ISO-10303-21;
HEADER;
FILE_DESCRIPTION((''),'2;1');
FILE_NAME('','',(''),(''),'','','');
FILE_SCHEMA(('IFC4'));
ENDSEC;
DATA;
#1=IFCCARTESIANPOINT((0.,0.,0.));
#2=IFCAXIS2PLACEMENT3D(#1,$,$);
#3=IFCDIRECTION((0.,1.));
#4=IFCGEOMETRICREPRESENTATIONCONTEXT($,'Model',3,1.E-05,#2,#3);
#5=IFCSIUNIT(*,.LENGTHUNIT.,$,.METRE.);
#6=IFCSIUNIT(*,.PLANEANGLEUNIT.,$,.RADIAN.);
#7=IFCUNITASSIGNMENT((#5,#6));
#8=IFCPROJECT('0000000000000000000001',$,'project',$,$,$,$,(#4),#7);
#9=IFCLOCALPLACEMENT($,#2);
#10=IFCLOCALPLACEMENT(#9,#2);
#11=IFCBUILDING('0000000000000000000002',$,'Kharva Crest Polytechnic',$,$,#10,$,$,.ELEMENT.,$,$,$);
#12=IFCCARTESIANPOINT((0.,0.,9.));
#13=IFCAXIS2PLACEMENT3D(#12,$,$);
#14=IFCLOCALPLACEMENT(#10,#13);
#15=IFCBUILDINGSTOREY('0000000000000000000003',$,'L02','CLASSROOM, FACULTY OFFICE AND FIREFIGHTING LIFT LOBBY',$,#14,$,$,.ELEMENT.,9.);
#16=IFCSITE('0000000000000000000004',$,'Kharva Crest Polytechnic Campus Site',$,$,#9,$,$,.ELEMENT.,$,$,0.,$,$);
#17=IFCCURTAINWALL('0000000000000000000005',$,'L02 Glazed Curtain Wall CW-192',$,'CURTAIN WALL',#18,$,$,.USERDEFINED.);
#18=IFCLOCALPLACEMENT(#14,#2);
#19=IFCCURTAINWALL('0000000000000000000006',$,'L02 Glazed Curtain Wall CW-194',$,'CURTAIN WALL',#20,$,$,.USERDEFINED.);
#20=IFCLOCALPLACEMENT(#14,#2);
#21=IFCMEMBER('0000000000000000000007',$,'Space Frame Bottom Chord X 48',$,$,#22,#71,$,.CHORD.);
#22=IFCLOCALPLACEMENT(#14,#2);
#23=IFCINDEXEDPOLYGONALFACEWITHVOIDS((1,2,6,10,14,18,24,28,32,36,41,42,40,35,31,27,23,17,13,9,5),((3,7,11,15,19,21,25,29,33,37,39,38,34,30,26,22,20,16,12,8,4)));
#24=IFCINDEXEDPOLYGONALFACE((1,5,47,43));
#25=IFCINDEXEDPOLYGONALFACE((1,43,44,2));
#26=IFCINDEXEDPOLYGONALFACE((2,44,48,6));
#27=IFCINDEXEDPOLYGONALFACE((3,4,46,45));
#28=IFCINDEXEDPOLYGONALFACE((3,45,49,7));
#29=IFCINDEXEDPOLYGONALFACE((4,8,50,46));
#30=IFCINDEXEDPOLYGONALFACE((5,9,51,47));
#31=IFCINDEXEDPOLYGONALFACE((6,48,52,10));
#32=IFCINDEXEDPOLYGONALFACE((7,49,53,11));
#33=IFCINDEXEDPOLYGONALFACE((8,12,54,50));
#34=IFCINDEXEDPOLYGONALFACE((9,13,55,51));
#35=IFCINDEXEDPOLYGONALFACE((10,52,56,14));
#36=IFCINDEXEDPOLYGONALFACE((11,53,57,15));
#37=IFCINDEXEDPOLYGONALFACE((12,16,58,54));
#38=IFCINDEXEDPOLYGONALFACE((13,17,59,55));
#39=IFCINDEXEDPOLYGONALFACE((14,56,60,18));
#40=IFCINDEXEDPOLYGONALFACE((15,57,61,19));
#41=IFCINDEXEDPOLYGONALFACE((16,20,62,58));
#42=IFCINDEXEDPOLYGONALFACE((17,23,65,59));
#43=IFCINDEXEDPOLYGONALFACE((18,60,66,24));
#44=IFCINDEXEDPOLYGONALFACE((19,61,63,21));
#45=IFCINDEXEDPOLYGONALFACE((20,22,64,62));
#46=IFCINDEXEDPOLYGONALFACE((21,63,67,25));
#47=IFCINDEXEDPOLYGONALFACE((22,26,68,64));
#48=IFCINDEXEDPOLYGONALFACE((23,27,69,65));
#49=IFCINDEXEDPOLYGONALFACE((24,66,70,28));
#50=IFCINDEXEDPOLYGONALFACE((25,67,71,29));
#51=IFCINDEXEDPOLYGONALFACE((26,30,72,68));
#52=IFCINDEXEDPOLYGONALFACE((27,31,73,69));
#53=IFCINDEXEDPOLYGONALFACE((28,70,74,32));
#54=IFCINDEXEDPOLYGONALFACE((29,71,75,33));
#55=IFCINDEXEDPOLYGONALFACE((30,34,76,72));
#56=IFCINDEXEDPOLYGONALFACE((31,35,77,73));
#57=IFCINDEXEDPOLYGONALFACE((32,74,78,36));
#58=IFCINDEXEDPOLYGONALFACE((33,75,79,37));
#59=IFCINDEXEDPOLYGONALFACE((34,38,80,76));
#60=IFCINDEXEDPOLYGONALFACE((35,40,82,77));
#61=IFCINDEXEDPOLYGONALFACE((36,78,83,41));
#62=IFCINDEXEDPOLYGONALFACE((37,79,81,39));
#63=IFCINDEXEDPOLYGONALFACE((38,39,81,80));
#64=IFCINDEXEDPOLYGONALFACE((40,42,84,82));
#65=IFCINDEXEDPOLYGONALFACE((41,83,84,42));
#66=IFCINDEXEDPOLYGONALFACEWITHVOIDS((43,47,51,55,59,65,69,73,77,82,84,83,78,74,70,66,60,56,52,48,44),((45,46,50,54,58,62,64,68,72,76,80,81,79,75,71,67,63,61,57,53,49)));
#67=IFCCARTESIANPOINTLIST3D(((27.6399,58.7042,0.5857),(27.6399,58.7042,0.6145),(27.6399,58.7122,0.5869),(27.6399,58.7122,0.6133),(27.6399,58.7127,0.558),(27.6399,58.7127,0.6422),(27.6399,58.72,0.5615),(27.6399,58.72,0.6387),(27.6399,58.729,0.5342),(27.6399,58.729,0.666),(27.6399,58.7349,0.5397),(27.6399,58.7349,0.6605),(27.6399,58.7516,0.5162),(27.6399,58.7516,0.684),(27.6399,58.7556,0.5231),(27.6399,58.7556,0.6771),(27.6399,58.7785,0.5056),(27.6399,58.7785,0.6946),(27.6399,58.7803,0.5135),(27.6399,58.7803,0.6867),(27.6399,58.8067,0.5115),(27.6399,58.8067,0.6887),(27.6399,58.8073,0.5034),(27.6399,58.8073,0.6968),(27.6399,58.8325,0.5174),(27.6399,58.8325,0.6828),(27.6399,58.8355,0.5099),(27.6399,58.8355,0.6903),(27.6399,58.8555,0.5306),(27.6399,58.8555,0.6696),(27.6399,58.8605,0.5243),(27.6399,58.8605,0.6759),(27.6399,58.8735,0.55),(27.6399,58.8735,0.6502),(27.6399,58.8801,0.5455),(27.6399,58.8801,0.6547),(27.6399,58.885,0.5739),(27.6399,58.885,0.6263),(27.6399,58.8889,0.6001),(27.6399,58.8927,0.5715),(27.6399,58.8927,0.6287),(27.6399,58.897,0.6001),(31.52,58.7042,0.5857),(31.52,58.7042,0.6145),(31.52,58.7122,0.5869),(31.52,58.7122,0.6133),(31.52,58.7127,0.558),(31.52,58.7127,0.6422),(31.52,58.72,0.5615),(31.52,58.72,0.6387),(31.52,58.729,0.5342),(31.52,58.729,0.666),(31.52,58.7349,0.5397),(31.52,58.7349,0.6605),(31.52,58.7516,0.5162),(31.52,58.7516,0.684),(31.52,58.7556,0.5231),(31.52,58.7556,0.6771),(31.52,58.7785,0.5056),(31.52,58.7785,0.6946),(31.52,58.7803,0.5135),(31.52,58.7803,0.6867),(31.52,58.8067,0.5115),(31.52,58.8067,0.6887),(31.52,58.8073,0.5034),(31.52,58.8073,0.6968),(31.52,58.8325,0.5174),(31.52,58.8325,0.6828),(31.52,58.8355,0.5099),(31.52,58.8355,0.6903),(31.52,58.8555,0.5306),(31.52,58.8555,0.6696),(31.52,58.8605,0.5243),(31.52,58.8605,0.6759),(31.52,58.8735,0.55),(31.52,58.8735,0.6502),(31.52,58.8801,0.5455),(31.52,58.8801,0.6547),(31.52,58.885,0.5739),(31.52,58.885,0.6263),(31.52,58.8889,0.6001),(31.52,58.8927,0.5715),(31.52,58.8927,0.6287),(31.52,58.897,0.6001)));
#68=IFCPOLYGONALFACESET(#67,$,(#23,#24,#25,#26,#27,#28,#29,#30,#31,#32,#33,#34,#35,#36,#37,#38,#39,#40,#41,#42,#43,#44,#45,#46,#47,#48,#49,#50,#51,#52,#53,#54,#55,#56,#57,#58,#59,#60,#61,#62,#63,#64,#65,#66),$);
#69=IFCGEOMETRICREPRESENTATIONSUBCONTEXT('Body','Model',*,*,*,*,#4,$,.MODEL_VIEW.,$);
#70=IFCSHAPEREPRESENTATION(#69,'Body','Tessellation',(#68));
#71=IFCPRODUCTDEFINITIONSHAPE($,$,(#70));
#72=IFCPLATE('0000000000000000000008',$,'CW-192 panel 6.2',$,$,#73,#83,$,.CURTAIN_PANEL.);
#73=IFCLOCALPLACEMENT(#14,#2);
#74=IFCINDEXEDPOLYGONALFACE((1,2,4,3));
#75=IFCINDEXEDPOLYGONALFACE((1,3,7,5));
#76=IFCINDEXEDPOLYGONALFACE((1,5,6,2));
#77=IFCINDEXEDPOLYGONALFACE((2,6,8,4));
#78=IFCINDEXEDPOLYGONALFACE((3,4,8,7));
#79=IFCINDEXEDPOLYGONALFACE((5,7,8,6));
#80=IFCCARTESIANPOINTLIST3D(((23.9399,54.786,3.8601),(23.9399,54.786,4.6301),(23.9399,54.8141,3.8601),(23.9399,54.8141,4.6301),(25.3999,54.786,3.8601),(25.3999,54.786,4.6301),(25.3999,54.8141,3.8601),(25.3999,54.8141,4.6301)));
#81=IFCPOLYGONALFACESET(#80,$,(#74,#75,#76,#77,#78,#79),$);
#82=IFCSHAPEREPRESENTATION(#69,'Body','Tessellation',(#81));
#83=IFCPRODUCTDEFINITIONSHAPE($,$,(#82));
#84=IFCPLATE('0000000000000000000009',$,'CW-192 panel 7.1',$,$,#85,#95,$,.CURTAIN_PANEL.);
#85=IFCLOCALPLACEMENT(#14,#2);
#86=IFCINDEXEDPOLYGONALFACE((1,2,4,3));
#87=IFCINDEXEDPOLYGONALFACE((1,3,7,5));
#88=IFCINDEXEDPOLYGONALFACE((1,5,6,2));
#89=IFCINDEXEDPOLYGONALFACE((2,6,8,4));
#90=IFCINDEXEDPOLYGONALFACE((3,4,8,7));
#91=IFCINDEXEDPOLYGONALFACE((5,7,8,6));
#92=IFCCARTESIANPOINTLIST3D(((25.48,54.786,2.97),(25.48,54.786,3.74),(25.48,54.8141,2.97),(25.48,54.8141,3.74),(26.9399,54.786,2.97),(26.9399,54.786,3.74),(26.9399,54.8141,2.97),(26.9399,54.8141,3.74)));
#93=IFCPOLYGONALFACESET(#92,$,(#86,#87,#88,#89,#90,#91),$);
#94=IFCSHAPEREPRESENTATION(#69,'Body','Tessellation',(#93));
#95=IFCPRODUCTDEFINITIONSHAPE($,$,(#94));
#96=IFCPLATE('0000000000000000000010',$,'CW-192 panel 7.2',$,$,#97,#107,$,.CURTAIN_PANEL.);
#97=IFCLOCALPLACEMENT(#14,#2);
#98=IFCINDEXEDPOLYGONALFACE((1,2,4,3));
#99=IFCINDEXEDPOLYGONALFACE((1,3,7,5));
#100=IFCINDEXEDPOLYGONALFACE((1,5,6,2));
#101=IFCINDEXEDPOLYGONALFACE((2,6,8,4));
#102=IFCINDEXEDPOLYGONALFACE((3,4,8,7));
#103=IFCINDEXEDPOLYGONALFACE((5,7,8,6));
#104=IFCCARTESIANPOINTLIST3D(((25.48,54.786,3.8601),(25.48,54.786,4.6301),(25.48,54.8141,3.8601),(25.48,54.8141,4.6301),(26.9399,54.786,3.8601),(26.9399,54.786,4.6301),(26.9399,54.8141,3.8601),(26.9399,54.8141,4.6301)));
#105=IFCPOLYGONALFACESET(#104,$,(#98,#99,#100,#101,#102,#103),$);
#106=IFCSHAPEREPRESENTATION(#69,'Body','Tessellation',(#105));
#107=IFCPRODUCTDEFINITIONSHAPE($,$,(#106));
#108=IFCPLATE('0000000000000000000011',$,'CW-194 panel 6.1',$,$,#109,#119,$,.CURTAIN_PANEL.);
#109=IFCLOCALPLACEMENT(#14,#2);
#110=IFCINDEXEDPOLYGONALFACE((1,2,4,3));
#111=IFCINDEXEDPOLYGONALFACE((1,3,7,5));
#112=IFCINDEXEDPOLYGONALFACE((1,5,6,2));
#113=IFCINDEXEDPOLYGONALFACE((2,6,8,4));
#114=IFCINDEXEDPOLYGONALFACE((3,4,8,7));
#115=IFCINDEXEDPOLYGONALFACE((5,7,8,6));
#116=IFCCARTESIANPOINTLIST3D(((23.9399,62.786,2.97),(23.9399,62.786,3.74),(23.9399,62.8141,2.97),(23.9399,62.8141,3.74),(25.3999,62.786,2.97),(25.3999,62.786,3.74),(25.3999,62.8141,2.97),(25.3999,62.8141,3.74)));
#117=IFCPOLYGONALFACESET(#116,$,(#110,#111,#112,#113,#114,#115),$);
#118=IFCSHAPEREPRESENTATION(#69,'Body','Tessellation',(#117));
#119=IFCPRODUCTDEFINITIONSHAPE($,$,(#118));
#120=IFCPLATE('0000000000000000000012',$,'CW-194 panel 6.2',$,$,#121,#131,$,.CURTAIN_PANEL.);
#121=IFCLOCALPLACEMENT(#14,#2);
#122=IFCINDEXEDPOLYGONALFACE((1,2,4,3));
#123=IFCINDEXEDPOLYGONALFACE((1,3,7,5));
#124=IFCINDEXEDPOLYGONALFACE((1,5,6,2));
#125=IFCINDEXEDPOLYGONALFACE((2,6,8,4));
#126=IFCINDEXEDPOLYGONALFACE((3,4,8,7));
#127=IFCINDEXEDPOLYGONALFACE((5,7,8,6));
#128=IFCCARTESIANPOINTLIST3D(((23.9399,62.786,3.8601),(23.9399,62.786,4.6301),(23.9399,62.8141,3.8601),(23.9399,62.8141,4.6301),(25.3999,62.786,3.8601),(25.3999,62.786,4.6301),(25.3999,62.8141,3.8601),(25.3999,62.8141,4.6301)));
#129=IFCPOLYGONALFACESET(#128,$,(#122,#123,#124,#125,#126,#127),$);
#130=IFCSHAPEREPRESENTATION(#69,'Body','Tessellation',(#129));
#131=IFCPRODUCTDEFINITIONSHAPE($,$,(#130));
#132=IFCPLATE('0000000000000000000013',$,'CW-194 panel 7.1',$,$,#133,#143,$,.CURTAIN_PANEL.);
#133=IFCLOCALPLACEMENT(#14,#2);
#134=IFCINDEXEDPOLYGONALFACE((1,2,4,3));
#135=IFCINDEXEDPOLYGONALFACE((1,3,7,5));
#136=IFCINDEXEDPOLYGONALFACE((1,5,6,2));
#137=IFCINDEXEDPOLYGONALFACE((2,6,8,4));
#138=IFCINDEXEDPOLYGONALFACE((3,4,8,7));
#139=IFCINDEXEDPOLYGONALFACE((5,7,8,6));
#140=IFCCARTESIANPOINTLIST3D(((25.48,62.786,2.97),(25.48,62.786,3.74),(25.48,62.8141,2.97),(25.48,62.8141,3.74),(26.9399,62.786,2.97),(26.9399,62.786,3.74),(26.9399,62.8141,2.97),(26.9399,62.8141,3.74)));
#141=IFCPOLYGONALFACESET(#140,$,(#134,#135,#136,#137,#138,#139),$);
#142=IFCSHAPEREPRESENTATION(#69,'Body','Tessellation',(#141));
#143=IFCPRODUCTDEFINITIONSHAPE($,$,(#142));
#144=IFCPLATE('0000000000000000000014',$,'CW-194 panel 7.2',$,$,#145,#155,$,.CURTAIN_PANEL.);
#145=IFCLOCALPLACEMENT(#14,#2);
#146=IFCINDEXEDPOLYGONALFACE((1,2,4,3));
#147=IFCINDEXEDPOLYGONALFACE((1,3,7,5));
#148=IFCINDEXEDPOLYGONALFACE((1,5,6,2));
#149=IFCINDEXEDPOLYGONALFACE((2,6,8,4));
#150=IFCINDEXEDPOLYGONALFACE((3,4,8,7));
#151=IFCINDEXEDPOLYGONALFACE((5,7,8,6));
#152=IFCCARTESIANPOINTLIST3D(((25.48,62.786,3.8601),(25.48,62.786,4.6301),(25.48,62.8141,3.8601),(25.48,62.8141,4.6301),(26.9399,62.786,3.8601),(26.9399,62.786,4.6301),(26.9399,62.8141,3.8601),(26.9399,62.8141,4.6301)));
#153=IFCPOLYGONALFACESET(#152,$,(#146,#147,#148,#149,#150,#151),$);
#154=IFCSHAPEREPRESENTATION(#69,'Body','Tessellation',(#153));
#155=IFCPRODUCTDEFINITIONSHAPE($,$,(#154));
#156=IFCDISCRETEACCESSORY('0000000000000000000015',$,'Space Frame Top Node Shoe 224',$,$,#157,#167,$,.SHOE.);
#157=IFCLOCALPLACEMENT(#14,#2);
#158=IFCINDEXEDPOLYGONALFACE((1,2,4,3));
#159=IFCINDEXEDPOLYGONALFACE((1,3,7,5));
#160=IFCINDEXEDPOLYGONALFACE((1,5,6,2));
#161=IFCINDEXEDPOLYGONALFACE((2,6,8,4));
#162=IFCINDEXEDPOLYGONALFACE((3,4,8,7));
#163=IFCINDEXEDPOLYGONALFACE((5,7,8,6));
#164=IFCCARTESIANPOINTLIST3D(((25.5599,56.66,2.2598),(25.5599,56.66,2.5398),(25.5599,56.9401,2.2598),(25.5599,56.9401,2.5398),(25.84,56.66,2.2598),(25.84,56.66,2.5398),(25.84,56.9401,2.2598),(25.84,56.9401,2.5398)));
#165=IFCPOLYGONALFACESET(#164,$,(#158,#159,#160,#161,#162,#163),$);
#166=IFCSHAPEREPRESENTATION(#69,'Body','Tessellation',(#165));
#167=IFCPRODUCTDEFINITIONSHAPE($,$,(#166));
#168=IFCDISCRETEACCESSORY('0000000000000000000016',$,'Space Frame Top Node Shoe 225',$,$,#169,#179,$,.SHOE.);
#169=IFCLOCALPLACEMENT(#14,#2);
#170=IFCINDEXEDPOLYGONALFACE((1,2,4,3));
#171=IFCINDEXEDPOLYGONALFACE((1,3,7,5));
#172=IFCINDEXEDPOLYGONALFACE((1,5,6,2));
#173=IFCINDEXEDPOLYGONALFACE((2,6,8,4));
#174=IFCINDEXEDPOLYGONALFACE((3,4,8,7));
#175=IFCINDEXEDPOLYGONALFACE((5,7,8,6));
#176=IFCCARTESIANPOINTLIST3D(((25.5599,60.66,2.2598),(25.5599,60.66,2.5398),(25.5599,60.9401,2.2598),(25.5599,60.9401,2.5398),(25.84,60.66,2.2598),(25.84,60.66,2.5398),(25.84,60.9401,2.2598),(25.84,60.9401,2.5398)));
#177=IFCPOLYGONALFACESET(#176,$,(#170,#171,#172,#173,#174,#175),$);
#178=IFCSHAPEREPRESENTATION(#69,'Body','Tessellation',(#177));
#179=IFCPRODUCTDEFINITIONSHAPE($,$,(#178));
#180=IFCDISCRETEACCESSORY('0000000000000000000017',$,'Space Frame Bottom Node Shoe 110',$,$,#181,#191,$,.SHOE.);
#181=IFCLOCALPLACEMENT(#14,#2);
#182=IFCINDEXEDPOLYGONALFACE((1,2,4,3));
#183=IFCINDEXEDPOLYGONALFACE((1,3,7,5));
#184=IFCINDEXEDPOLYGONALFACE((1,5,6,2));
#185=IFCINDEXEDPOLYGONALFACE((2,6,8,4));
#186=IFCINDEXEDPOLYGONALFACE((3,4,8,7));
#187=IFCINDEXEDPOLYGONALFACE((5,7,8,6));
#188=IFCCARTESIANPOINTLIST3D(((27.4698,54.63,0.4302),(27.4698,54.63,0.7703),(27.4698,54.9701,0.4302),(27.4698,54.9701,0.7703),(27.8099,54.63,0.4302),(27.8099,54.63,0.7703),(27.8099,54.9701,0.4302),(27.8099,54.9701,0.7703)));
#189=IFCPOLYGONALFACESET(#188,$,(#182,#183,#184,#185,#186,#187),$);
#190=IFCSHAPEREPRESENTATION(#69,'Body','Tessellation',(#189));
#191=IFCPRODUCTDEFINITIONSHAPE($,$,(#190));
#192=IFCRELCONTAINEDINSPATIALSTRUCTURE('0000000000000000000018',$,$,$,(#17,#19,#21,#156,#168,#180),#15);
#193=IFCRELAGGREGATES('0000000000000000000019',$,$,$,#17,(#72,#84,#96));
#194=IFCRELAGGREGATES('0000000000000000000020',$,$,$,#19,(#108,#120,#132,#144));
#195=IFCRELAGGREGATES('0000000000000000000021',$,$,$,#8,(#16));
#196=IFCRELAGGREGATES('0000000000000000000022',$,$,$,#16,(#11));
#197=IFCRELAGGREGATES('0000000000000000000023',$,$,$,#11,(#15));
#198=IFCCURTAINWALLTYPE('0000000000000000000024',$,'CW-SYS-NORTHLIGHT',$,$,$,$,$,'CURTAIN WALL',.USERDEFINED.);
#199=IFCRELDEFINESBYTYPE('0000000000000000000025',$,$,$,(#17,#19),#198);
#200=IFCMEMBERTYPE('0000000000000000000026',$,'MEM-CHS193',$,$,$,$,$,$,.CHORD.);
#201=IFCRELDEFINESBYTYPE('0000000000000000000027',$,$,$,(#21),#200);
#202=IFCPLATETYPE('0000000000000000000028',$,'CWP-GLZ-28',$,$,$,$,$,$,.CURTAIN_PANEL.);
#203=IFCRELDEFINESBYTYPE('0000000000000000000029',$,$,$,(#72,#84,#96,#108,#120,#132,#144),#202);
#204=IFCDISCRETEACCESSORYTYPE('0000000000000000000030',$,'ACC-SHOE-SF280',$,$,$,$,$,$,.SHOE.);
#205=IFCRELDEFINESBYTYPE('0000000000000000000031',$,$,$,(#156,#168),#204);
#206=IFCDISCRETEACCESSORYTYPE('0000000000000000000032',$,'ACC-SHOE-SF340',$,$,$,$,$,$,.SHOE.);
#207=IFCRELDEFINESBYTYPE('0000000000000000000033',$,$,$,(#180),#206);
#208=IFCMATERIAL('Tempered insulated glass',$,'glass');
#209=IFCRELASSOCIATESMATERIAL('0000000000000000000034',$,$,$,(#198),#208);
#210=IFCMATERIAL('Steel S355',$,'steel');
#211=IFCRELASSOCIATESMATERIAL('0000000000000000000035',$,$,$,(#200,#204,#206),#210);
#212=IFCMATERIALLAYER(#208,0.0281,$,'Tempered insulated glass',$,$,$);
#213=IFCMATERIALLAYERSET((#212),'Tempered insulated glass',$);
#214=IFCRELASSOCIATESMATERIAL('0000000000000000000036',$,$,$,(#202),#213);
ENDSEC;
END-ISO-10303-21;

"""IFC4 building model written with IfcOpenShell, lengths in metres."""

from ifc_helpers import new_model, si_unit, direction, frame, origin, origin_2d, place, context, subcontext, project, spatial, rectangle, hollow_circle, extrude, material, layer, layer_set, material_profile, profile_set, type_object, element, aggregate, save


model = new_model("IFC4")

# Units and contexts
model_context = context("Model", 3, precision=1e-05, world=origin(), true_north=direction((0.0, 1.0)))
body_context = subcontext(model_context, "Body", "Model", "MODEL_VIEW")
ifc_project = project(units=[si_unit("LENGTHUNIT", "METRE"), si_unit("PLANEANGLEUNIT", "RADIAN")], contexts=[model_context])

# Site, building, storey
site_placement = place(None, origin())
site = spatial("IfcSite", under=ifc_project, at=site_placement, Name="Kharva Crest Polytechnic Campus Site", CompositionType="ELEMENT", RefElevation=0.0)
building_placement = place(site_placement, origin())
building = spatial("IfcBuilding", under=site, at=building_placement, Name="Kharva Crest Polytechnic", CompositionType="ELEMENT")
storey_placement = place(building_placement, frame((0.0, 0.0, 9.0)))
storey = spatial("IfcBuildingStorey", under=building, at=storey_placement, Name="L02", Description="CLASSROOM, FACULTY OFFICE AND FIREFIGHTING LIFT LOBBY", CompositionType="ELEMENT", Elevation=9.0)

# Curtain walls
ifc_material_1 = material(Name="Tempered insulated glass", Category="glass")
curtain_wall_type = type_object("IfcCurtainWallType", Name="CW-SYS-NORTHLIGHT", ElementType="CURTAIN WALL", PredefinedType="USERDEFINED", material=ifc_material_1)
curtain_wall_1_placement = place(storey_placement, origin())
curtain_wall_1 = element("IfcCurtainWall", 1, at=curtain_wall_1_placement, inside=storey, type_object=curtain_wall_type, Name="L02 Glazed Curtain Wall CW-192", ObjectType="CURTAIN WALL", PredefinedType="USERDEFINED")
ifc_material_2 = material(Name="Steel S355", Category="steel")
curtain_wall_2_placement = place(storey_placement, origin())
curtain_wall_2 = element("IfcCurtainWall", 2, at=curtain_wall_2_placement, inside=storey, type_object=curtain_wall_type, Name="L02 Glazed Curtain Wall CW-194", ObjectType="CURTAIN WALL", PredefinedType="USERDEFINED")

# Member
ifc_material_profile_1 = material_profile(ifc_material_2, hollow_circle(Radius=0.0969, WallThickness=0.0081, at=origin_2d()), Name="CHS 193.7X8.0")
ifc_profile_set_1 = profile_set([ifc_material_profile_1], Name="Steel S355")
member_type_1 = type_object("IfcMemberType", Name="MEM-CHS193", PredefinedType="CHORD", material=ifc_profile_set_1)
for number, where, z_axis, x_axis, name in (
    (3, (27.6399, 58.8, 0.6001), (1.0, 0.0, 0.0), (0.0, 1.0, 0.0), "Space Frame Bottom Chord X 48"),
):
    element("IfcMember", number, at=place(storey_placement, frame(where, z_axis=z_axis, x_axis=x_axis)), inside=storey, type_object=member_type_1, Name=name, PredefinedType="CHORD", context=body_context, shape_type="SweptSolid", body=[
        extrude(hollow_circle(Radius=0.0969, WallThickness=0.0081, at=origin_2d()), origin(), (0.0, 0.0, 1.0), 3.8801),
    ])

# Plates
ifc_layer = layer(ifc_material_1, 0.0281, Name="Tempered insulated glass")
ifc_layer_set = layer_set([ifc_layer], Name="Tempered insulated glass")
plate_type = type_object("IfcPlateType", Name="CWP-GLZ-28", PredefinedType="CURTAIN_PANEL", material=ifc_layer_set)
plate_1_placement = place(storey_placement, frame((24.6699, 54.8, 3.8601), z_axis=(0.0, 0.0, 1.0), x_axis=(1.0, 0.0, 0.0)))
plate_1 = element("IfcPlate", 4, at=plate_1_placement, type_object=plate_type, Name="CW-192 panel 6.2", PredefinedType="CURTAIN_PANEL", context=body_context, shape_type="SweptSolid", body=[
    extrude(rectangle(XDim=1.46, YDim=0.0281, at=origin_2d()), origin(), (0.0, 0.0, 1.0), 0.77),
])
plate_2_placement = place(storey_placement, frame((26.21, 54.8, 2.97), z_axis=(0.0, 0.0, 1.0), x_axis=(1.0, 0.0, 0.0)))
plate_2 = element("IfcPlate", 5, at=plate_2_placement, type_object=plate_type, Name="CW-192 panel 7.1", PredefinedType="CURTAIN_PANEL", context=body_context, shape_type="SweptSolid", body=[
    extrude(rectangle(XDim=1.46, YDim=0.0281, at=origin_2d()), origin(), (0.0, 0.0, 1.0), 0.77),
])
plate_3_placement = place(storey_placement, frame((26.21, 54.8, 3.8601), z_axis=(0.0, 0.0, 1.0), x_axis=(1.0, 0.0, 0.0)))
plate_3 = element("IfcPlate", 6, at=plate_3_placement, type_object=plate_type, Name="CW-192 panel 7.2", PredefinedType="CURTAIN_PANEL", context=body_context, shape_type="SweptSolid", body=[
    extrude(rectangle(XDim=1.46, YDim=0.0281, at=origin_2d()), origin(), (0.0, 0.0, 1.0), 0.77),
])
aggregate(curtain_wall_1, [plate_1, plate_2, plate_3])
plate_4_placement = place(storey_placement, frame((24.6699, 62.8, 2.97), z_axis=(0.0, 0.0, 1.0), x_axis=(1.0, 0.0, 0.0)))
plate_4 = element("IfcPlate", 7, at=plate_4_placement, type_object=plate_type, Name="CW-194 panel 6.1", PredefinedType="CURTAIN_PANEL", context=body_context, shape_type="SweptSolid", body=[
    extrude(rectangle(XDim=1.46, YDim=0.0281, at=origin_2d()), origin(), (0.0, 0.0, 1.0), 0.77),
])
plate_5_placement = place(storey_placement, frame((24.6699, 62.8, 3.8601), z_axis=(0.0, 0.0, 1.0), x_axis=(1.0, 0.0, 0.0)))
plate_5 = element("IfcPlate", 8, at=plate_5_placement, type_object=plate_type, Name="CW-194 panel 6.2", PredefinedType="CURTAIN_PANEL", context=body_context, shape_type="SweptSolid", body=[
    extrude(rectangle(XDim=1.46, YDim=0.0281, at=origin_2d()), origin(), (0.0, 0.0, 1.0), 0.77),
])
plate_6_placement = place(storey_placement, frame((26.21, 62.8, 2.97), z_axis=(0.0, 0.0, 1.0), x_axis=(1.0, 0.0, 0.0)))
plate_6 = element("IfcPlate", 9, at=plate_6_placement, type_object=plate_type, Name="CW-194 panel 7.1", PredefinedType="CURTAIN_PANEL", context=body_context, shape_type="SweptSolid", body=[
    extrude(rectangle(XDim=1.46, YDim=0.0281, at=origin_2d()), origin(), (0.0, 0.0, 1.0), 0.77),
])
plate_7_placement = place(storey_placement, frame((26.21, 62.8, 3.8601), z_axis=(0.0, 0.0, 1.0), x_axis=(1.0, 0.0, 0.0)))
plate_7 = element("IfcPlate", 10, at=plate_7_placement, type_object=plate_type, Name="CW-194 panel 7.2", PredefinedType="CURTAIN_PANEL", context=body_context, shape_type="SweptSolid", body=[
    extrude(rectangle(XDim=1.46, YDim=0.0281, at=origin_2d()), origin(), (0.0, 0.0, 1.0), 0.77),
])
aggregate(curtain_wall_2, [plate_4, plate_5, plate_6, plate_7])

# Discrete accessories
discrete_accessory_type_1 = type_object("IfcDiscreteAccessoryType", Name="ACC-SHOE-SF280", PredefinedType="SHOE", material=ifc_material_2)
for number, where, z_axis, x_axis, name in (
    (11, (25.7, 56.8, 2.2598), (0.0, 0.0, 1.0), (1.0, 0.0, 0.0), "Space Frame Top Node Shoe 224"),
    (12, (25.7, 60.8, 2.2598), (0.0, 0.0, 1.0), (1.0, 0.0, 0.0), "Space Frame Top Node Shoe 225"),
):
    element("IfcDiscreteAccessory", number, at=place(storey_placement, frame(where, z_axis=z_axis, x_axis=x_axis)), inside=storey, type_object=discrete_accessory_type_1, Name=name, PredefinedType="SHOE", context=body_context, shape_type="SweptSolid", body=[
        extrude(rectangle(XDim=0.28, YDim=0.28, at=origin_2d()), origin(), (0.0, 0.0, 1.0), 0.28),
    ])
discrete_accessory_type_2 = type_object("IfcDiscreteAccessoryType", Name="ACC-SHOE-SF340", PredefinedType="SHOE", material=ifc_material_2)
discrete_accessory_placement = place(storey_placement, frame((27.6399, 54.8, 0.4302), z_axis=(0.0, 0.0, 1.0), x_axis=(1.0, 0.0, 0.0)))
element("IfcDiscreteAccessory", 13, at=discrete_accessory_placement, inside=storey, type_object=discrete_accessory_type_2, Name="Space Frame Bottom Node Shoe 110", PredefinedType="SHOE", context=body_context, shape_type="SweptSolid", body=[
    extrude(rectangle(XDim=0.3401, YDim=0.3401, at=origin_2d()), origin(), (0.0, 0.0, 1.0), 0.3401),
])

save(model, "model.ifc")
